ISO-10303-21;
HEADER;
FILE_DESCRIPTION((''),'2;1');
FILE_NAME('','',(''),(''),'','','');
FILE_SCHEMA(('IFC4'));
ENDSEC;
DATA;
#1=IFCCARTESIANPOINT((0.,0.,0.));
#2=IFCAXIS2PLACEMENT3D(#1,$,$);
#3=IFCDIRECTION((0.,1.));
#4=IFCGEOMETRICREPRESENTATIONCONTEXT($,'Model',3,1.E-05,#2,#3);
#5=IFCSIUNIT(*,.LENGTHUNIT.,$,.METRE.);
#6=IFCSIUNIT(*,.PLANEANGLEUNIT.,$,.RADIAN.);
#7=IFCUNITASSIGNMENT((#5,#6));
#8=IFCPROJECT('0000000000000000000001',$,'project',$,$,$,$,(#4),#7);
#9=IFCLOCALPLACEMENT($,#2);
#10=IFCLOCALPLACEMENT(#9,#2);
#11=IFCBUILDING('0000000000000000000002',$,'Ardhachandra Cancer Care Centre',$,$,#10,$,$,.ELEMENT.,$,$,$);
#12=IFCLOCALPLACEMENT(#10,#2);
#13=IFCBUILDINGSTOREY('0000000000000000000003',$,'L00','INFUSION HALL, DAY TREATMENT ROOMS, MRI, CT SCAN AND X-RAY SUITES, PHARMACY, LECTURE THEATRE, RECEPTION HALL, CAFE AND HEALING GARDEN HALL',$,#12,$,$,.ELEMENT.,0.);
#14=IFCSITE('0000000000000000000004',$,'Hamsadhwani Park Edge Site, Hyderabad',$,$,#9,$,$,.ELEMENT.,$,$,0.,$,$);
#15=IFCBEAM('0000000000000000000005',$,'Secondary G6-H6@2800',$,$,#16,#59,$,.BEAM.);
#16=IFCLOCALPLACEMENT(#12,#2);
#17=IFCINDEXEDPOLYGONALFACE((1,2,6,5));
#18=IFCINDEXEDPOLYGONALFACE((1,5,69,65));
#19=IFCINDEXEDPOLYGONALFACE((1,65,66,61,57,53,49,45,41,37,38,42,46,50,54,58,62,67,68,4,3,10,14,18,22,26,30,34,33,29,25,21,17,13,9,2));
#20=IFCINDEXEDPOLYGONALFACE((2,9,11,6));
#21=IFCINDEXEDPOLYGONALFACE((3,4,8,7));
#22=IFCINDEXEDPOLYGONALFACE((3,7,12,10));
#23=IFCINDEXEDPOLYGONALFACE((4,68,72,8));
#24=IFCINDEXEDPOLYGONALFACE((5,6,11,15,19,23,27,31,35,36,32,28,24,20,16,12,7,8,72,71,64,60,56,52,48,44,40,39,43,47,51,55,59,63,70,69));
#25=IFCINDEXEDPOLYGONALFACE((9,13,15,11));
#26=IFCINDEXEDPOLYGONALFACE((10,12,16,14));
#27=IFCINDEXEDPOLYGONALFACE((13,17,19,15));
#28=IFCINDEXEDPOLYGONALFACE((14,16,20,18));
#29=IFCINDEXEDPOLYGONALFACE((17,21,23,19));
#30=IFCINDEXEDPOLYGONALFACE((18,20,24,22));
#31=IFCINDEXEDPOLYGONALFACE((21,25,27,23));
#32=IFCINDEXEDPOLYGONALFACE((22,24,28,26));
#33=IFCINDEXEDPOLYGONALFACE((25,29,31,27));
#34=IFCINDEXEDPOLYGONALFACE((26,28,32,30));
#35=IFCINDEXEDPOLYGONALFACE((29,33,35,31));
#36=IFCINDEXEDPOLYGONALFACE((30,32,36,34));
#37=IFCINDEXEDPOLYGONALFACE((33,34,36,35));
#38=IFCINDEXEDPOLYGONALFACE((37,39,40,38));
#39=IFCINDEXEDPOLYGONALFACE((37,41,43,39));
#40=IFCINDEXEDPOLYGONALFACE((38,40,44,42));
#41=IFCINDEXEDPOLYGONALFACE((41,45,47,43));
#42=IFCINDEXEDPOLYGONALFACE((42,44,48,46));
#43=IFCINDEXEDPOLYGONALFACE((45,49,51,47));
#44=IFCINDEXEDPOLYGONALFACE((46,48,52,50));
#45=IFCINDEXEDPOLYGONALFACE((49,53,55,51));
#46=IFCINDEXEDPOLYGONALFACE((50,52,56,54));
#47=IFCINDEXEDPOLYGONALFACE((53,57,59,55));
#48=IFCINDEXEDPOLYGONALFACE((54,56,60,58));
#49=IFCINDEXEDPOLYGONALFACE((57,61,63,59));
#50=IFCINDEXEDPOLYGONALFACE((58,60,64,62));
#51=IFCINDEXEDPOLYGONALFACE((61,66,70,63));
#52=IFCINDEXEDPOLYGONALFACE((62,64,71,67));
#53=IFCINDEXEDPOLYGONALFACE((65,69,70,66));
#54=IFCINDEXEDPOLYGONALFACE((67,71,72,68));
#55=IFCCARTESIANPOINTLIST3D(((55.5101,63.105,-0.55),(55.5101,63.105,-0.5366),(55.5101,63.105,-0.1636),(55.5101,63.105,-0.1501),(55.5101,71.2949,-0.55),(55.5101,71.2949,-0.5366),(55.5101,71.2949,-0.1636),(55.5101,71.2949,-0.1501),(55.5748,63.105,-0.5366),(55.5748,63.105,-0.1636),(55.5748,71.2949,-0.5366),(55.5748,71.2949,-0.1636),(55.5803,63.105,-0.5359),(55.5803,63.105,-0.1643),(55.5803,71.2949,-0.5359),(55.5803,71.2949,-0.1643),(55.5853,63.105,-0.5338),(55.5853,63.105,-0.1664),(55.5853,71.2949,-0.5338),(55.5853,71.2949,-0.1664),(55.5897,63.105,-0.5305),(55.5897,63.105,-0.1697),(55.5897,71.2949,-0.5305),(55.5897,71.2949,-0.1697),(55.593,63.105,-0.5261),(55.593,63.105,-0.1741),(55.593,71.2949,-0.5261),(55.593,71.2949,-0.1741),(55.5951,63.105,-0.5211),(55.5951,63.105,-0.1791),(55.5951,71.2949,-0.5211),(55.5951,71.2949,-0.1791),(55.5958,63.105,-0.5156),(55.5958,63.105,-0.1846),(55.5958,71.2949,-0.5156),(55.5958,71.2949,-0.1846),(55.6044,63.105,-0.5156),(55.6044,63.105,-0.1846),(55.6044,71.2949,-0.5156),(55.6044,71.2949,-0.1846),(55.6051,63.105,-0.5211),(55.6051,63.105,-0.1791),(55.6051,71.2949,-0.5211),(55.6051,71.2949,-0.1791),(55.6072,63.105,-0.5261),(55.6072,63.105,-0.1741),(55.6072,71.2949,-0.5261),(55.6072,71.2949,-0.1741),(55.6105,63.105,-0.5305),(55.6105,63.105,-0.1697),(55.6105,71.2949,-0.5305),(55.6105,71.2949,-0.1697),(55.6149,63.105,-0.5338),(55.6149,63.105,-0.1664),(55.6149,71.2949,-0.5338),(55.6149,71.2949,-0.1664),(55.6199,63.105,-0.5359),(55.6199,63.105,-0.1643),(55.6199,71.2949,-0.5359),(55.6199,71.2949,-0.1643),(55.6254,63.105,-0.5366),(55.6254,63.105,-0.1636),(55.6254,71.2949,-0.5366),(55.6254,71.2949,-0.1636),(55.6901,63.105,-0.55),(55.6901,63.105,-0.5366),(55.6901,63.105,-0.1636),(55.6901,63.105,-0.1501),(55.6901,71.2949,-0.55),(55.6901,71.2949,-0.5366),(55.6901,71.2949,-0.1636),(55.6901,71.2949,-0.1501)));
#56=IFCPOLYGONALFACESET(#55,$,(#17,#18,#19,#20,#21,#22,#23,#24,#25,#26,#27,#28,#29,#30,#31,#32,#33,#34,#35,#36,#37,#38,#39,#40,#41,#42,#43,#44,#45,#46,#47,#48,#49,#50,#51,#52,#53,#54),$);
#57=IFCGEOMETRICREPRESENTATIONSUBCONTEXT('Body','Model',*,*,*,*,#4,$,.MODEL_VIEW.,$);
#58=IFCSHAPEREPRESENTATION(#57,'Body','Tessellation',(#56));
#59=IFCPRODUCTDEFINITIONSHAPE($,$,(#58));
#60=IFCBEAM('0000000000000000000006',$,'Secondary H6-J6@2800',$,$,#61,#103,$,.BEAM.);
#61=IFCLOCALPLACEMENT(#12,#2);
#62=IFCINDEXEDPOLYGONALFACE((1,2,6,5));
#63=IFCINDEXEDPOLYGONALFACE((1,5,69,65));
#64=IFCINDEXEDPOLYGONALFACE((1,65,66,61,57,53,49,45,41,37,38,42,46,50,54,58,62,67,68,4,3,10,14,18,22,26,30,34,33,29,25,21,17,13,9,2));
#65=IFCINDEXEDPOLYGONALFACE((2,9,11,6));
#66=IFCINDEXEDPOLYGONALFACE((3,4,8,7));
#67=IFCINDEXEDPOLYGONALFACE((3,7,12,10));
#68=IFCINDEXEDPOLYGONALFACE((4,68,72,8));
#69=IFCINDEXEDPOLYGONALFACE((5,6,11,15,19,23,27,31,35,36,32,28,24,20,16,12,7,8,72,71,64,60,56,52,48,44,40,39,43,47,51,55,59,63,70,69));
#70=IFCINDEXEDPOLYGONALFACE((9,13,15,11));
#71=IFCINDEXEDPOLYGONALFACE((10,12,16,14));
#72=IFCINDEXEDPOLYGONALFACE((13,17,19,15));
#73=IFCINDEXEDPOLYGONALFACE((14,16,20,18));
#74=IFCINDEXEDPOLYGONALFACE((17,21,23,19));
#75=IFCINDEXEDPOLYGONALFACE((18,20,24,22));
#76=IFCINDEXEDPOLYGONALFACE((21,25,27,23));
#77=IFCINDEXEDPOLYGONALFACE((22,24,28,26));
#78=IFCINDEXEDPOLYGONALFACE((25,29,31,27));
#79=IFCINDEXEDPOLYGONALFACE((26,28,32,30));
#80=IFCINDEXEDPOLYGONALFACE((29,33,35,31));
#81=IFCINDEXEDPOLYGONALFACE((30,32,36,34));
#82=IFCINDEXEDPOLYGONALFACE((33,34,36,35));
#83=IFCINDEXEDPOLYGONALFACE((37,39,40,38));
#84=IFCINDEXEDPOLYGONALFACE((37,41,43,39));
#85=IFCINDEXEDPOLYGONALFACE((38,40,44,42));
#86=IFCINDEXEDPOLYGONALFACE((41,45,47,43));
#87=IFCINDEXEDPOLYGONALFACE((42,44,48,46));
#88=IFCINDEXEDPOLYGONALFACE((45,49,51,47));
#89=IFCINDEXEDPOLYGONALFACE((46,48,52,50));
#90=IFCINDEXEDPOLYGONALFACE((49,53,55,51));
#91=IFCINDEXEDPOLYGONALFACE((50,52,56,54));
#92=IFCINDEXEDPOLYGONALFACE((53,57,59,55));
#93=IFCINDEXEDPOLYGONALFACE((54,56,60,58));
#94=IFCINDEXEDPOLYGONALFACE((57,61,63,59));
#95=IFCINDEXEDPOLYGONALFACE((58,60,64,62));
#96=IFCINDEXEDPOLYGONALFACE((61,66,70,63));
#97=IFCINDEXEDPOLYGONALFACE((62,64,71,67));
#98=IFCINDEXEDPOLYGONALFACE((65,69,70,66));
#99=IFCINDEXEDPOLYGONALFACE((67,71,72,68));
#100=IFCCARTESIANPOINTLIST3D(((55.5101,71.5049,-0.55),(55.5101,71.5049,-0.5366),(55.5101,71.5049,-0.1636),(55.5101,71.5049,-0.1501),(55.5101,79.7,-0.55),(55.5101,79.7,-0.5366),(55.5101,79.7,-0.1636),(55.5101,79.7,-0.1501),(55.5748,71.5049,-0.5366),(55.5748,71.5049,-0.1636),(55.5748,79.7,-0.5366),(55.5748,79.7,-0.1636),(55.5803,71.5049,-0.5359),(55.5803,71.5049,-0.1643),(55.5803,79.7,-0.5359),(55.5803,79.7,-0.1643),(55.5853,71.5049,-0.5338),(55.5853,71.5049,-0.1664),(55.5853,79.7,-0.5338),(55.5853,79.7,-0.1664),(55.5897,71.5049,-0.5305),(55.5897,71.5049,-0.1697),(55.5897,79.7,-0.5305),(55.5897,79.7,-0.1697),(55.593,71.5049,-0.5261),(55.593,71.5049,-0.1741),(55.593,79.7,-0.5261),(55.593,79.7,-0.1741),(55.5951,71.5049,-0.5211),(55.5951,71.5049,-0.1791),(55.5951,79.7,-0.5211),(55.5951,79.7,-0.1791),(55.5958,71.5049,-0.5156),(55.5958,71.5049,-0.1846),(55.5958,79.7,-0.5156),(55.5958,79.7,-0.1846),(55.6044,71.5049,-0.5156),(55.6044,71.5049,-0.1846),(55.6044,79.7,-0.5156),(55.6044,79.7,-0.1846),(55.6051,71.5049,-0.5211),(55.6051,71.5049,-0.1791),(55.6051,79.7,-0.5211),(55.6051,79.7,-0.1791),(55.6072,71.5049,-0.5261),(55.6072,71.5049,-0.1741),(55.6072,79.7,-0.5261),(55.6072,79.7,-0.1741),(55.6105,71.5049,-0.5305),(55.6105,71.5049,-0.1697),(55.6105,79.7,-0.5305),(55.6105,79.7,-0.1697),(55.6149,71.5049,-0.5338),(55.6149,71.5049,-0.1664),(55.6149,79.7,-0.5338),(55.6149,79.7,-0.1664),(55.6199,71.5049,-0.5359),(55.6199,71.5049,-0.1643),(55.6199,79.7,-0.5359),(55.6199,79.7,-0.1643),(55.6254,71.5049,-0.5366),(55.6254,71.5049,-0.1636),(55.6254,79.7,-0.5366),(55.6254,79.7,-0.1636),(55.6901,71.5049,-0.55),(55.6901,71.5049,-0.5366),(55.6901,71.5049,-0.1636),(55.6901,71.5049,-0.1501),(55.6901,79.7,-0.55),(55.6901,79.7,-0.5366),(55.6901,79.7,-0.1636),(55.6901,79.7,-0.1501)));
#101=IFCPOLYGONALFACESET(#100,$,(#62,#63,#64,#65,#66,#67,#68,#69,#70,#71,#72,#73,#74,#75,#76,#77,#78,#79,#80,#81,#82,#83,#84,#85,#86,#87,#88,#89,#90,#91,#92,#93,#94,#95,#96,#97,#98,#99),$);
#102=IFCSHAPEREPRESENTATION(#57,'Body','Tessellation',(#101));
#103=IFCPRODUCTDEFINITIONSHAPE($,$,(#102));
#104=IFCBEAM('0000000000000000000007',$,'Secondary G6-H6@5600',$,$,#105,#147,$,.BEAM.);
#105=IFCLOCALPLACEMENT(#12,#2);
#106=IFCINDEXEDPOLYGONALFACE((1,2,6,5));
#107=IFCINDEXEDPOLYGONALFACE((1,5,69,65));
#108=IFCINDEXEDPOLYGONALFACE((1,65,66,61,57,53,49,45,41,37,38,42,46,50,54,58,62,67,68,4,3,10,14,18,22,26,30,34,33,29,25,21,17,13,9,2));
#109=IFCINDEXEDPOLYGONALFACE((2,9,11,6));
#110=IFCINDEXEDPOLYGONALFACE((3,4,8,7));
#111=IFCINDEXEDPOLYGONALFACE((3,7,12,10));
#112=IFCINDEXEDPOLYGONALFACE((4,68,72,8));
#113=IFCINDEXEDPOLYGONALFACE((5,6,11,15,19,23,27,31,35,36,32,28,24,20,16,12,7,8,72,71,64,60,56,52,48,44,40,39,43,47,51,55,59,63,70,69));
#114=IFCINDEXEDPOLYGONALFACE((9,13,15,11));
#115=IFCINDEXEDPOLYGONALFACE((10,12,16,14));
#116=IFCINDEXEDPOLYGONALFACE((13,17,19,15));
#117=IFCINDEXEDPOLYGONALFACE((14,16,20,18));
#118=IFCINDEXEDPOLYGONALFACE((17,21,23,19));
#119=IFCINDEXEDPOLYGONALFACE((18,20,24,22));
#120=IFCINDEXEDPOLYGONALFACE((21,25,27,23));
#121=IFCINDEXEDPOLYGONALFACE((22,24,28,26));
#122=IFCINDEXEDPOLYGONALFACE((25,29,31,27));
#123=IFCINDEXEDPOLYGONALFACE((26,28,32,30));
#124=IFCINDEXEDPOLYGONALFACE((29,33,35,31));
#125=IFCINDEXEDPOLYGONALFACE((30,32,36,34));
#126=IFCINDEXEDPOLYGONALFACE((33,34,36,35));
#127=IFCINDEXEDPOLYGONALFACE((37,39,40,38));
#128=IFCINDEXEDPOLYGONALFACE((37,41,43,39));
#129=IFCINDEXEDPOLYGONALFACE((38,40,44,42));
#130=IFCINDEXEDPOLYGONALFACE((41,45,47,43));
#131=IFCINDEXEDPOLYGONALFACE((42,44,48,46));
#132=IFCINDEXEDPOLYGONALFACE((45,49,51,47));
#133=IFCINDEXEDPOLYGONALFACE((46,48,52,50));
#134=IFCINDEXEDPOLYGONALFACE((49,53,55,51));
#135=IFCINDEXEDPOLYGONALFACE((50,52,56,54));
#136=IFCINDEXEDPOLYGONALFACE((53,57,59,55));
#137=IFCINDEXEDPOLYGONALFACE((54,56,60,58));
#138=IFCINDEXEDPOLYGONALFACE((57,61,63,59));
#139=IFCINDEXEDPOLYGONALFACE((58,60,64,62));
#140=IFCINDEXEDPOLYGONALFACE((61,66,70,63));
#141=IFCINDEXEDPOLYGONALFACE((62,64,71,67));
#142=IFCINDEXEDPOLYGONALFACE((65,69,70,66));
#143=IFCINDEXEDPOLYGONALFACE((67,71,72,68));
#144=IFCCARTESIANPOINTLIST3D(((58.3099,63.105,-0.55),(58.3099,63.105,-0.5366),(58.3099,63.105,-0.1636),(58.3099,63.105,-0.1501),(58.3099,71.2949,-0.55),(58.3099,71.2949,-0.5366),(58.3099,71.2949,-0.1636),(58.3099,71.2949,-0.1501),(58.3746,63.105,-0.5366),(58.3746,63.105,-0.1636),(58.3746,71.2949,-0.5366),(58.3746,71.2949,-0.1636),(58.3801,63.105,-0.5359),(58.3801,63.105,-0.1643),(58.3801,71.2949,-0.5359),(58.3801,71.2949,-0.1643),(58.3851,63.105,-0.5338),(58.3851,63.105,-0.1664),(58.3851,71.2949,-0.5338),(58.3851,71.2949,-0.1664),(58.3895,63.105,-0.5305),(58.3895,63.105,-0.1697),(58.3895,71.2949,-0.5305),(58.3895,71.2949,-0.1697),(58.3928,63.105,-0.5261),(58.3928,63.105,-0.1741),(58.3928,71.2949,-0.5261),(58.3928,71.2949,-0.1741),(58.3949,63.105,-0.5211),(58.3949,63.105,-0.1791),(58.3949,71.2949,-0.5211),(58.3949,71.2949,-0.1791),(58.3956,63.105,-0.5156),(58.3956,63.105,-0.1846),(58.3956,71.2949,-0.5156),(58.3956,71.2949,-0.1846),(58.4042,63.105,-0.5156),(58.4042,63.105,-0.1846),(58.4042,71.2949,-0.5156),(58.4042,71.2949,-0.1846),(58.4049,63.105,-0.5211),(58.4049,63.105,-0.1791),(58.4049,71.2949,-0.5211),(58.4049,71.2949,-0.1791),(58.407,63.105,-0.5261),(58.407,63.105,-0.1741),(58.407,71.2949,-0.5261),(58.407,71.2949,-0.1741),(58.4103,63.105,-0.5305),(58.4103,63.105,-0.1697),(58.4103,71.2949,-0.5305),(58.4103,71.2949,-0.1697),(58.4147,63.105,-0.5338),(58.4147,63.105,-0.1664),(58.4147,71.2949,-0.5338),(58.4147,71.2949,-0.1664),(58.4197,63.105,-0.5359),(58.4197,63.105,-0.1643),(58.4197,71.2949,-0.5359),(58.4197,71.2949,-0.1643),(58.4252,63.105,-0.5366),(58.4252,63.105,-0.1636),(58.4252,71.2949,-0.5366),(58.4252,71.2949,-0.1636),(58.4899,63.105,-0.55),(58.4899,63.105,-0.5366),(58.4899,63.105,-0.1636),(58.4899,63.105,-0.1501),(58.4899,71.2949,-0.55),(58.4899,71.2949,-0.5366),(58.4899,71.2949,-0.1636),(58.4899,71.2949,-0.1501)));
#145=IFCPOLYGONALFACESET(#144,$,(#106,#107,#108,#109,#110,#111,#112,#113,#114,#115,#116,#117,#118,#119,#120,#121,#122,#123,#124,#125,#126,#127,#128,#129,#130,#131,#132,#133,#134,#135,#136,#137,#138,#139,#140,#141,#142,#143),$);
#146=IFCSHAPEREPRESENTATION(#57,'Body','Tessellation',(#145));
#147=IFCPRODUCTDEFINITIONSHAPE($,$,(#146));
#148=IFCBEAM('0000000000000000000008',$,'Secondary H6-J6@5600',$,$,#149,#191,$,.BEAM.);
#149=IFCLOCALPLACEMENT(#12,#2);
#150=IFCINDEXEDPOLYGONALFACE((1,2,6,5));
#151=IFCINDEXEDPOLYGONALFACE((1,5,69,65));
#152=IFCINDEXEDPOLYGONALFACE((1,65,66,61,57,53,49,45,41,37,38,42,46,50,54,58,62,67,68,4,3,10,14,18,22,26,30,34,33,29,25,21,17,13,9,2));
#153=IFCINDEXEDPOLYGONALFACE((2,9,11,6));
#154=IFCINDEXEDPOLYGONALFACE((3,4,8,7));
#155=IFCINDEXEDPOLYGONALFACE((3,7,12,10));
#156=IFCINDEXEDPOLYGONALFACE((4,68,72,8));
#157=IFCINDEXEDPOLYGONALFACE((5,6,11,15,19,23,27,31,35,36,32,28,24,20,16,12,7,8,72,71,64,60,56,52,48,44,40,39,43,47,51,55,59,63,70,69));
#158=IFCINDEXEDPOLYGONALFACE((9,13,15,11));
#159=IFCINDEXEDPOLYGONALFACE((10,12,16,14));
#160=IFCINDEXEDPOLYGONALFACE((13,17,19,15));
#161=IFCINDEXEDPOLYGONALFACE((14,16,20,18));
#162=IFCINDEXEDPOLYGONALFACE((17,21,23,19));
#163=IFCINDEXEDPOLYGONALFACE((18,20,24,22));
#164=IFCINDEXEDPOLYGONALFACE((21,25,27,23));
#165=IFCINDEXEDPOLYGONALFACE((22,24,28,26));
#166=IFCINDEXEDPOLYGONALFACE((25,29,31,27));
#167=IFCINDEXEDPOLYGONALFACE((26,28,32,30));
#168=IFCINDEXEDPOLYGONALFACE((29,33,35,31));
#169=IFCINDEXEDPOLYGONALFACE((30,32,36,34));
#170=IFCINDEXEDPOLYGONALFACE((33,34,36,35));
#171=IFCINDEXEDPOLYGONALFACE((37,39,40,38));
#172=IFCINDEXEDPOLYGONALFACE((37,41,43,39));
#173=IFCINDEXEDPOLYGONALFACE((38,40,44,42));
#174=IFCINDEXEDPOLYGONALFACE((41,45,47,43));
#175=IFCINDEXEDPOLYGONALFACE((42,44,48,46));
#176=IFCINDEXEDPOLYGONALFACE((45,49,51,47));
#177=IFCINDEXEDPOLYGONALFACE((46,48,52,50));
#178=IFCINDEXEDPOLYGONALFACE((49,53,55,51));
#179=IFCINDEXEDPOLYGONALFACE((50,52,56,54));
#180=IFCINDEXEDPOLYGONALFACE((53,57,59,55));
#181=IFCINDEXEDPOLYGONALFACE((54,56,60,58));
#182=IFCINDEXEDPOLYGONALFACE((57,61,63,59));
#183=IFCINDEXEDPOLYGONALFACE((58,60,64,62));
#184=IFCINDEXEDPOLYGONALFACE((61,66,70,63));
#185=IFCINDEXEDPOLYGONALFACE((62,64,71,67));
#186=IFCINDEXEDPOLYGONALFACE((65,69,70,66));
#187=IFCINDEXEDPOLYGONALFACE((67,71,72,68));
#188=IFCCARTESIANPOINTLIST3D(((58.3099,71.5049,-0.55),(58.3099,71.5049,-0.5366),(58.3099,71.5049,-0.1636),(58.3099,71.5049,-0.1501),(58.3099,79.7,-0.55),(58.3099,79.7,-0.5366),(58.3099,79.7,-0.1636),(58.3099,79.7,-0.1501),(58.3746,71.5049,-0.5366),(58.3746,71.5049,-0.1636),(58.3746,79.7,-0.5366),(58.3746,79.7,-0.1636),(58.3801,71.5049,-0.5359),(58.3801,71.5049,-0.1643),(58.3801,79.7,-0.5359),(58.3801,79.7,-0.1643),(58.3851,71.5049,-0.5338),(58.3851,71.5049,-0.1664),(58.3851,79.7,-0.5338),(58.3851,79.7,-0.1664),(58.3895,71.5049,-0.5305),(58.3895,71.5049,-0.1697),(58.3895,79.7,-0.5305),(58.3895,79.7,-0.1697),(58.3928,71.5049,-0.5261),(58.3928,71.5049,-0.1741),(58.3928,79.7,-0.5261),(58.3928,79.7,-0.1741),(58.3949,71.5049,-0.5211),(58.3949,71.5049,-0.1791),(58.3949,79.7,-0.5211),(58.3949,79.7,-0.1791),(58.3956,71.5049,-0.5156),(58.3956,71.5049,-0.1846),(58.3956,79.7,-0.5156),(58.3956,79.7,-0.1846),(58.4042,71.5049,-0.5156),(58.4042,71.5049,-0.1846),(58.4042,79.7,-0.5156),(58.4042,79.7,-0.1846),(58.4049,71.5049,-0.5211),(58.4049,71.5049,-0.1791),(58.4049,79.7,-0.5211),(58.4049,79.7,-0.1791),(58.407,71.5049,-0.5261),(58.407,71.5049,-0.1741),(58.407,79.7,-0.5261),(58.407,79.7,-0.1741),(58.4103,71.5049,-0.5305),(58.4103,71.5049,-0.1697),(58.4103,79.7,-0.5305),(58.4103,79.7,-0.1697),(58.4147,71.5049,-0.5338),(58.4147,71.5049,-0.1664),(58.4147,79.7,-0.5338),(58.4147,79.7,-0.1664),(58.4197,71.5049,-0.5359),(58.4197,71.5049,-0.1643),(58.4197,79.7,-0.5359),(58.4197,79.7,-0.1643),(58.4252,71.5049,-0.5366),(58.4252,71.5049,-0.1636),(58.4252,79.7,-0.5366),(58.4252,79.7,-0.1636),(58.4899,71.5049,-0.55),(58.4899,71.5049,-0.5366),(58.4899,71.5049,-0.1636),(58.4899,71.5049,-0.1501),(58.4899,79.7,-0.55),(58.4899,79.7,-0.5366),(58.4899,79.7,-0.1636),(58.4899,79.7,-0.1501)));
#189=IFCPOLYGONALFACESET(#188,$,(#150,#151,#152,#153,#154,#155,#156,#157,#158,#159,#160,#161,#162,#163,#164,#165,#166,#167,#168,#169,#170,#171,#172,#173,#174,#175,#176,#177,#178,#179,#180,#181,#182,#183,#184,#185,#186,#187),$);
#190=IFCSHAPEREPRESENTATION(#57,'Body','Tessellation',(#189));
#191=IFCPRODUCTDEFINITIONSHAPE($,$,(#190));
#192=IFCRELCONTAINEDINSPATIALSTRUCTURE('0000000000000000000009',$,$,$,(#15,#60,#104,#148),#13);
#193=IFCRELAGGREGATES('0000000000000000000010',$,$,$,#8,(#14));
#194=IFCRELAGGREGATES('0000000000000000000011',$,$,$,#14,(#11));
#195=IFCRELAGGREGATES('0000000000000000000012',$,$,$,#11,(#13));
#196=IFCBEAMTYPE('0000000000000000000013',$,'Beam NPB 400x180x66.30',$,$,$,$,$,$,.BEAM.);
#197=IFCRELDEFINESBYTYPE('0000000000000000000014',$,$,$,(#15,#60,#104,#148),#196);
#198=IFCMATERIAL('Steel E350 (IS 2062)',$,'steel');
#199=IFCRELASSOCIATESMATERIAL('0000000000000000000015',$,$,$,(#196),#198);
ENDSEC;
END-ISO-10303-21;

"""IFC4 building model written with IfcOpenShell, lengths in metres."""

from ifc_helpers import new_model, si_unit, direction, frame, origin, origin_2d, place, context, subcontext, project, spatial, i_section, extrude, material, material_profile, profile_set, type_object, element, save


model = new_model("IFC4")

# Units and contexts
model_context = context("Model", 3, precision=1e-05, world=origin(), true_north=direction((0.0, 1.0)))
body_context = subcontext(model_context, "Body", "Model", "MODEL_VIEW")
ifc_project = project(units=[si_unit("LENGTHUNIT", "METRE"), si_unit("PLANEANGLEUNIT", "RADIAN")], contexts=[model_context])

# Site, building, storey
site_placement = place(None, origin())
site = spatial("IfcSite", under=ifc_project, at=site_placement, Name="Hamsadhwani Park Edge Site, Hyderabad", CompositionType="ELEMENT", RefElevation=0.0)
building_placement = place(site_placement, origin())
building = spatial("IfcBuilding", under=site, at=building_placement, Name="Ardhachandra Cancer Care Centre", CompositionType="ELEMENT")
storey_placement = place(building_placement, origin())
storey = spatial("IfcBuildingStorey", under=building, at=storey_placement, Name="L00", Description="INFUSION HALL, DAY TREATMENT ROOMS, MRI, CT SCAN AND X-RAY SUITES, PHARMACY, LECTURE THEATRE, RECEPTION HALL, CAFE AND HEALING GARDEN HALL", CompositionType="ELEMENT", Elevation=0.0)

# Beams
ifc_material_1 = material(Name="Steel E350 (IS 2062)", Category="steel")
ifc_material_profile_1 = material_profile(ifc_material_1, i_section(OverallWidth=0.1799, OverallDepth=0.3999, WebThickness=0.0085, FlangeThickness=0.0134, FilletRadius=0.021, at=origin_2d()), Name="NPB 400x180x66.30")
ifc_profile_set_1 = profile_set([ifc_material_profile_1], Name="Steel E350 (IS 2062)")
beam_type_1 = type_object("IfcBeamType", Name="Beam NPB 400x180x66.30", PredefinedType="BEAM", material=ifc_profile_set_1)
beam_1_placement = place(storey_placement, frame((55.6001, 63.105, -0.3501), z_axis=(0.0, 1.0, 0.0), x_axis=(-1.0, 0.0, 0.0)))
element("IfcBeam", 1, at=beam_1_placement, inside=storey, type_object=beam_type_1, Name="Secondary G6-H6@2800", PredefinedType="BEAM", context=body_context, shape_type="SweptSolid", body=[
    extrude(i_section(OverallWidth=0.1799, OverallDepth=0.3999, WebThickness=0.0085, FlangeThickness=0.0134, FilletRadius=0.021, at=origin_2d()), origin(), (0.0, 0.0, 1.0), 8.1899),
])
beam_2_placement = place(storey_placement, frame((55.6001, 71.5049, -0.3501), z_axis=(0.0, 1.0, 0.0), x_axis=(-1.0, 0.0, 0.0)))
element("IfcBeam", 2, at=beam_2_placement, inside=storey, type_object=beam_type_1, Name="Secondary H6-J6@2800", PredefinedType="BEAM", context=body_context, shape_type="SweptSolid", body=[
    extrude(i_section(OverallWidth=0.1799, OverallDepth=0.3999, WebThickness=0.0085, FlangeThickness=0.0134, FilletRadius=0.021, at=origin_2d()), origin(), (0.0, 0.0, 1.0), 8.1951),
])
beam_3_placement = place(storey_placement, frame((58.3999, 63.105, -0.3501), z_axis=(0.0, 1.0, 0.0), x_axis=(-1.0, 0.0, 0.0)))
element("IfcBeam", 3, at=beam_3_placement, inside=storey, type_object=beam_type_1, Name="Secondary G6-H6@5600", PredefinedType="BEAM", context=body_context, shape_type="SweptSolid", body=[
    extrude(i_section(OverallWidth=0.1799, OverallDepth=0.3999, WebThickness=0.0085, FlangeThickness=0.0134, FilletRadius=0.021, at=origin_2d()), origin(), (0.0, 0.0, 1.0), 8.1899),
])
beam_4_placement = place(storey_placement, frame((58.3999, 71.5049, -0.3501), z_axis=(0.0, 1.0, 0.0), x_axis=(-1.0, 0.0, 0.0)))
element("IfcBeam", 4, at=beam_4_placement, inside=storey, type_object=beam_type_1, Name="Secondary H6-J6@5600", PredefinedType="BEAM", context=body_context, shape_type="SweptSolid", body=[
    extrude(i_section(OverallWidth=0.1799, OverallDepth=0.3999, WebThickness=0.0085, FlangeThickness=0.0134, FilletRadius=0.021, at=origin_2d()), origin(), (0.0, 0.0, 1.0), 8.1951),
])

save(model, "model.ifc")
